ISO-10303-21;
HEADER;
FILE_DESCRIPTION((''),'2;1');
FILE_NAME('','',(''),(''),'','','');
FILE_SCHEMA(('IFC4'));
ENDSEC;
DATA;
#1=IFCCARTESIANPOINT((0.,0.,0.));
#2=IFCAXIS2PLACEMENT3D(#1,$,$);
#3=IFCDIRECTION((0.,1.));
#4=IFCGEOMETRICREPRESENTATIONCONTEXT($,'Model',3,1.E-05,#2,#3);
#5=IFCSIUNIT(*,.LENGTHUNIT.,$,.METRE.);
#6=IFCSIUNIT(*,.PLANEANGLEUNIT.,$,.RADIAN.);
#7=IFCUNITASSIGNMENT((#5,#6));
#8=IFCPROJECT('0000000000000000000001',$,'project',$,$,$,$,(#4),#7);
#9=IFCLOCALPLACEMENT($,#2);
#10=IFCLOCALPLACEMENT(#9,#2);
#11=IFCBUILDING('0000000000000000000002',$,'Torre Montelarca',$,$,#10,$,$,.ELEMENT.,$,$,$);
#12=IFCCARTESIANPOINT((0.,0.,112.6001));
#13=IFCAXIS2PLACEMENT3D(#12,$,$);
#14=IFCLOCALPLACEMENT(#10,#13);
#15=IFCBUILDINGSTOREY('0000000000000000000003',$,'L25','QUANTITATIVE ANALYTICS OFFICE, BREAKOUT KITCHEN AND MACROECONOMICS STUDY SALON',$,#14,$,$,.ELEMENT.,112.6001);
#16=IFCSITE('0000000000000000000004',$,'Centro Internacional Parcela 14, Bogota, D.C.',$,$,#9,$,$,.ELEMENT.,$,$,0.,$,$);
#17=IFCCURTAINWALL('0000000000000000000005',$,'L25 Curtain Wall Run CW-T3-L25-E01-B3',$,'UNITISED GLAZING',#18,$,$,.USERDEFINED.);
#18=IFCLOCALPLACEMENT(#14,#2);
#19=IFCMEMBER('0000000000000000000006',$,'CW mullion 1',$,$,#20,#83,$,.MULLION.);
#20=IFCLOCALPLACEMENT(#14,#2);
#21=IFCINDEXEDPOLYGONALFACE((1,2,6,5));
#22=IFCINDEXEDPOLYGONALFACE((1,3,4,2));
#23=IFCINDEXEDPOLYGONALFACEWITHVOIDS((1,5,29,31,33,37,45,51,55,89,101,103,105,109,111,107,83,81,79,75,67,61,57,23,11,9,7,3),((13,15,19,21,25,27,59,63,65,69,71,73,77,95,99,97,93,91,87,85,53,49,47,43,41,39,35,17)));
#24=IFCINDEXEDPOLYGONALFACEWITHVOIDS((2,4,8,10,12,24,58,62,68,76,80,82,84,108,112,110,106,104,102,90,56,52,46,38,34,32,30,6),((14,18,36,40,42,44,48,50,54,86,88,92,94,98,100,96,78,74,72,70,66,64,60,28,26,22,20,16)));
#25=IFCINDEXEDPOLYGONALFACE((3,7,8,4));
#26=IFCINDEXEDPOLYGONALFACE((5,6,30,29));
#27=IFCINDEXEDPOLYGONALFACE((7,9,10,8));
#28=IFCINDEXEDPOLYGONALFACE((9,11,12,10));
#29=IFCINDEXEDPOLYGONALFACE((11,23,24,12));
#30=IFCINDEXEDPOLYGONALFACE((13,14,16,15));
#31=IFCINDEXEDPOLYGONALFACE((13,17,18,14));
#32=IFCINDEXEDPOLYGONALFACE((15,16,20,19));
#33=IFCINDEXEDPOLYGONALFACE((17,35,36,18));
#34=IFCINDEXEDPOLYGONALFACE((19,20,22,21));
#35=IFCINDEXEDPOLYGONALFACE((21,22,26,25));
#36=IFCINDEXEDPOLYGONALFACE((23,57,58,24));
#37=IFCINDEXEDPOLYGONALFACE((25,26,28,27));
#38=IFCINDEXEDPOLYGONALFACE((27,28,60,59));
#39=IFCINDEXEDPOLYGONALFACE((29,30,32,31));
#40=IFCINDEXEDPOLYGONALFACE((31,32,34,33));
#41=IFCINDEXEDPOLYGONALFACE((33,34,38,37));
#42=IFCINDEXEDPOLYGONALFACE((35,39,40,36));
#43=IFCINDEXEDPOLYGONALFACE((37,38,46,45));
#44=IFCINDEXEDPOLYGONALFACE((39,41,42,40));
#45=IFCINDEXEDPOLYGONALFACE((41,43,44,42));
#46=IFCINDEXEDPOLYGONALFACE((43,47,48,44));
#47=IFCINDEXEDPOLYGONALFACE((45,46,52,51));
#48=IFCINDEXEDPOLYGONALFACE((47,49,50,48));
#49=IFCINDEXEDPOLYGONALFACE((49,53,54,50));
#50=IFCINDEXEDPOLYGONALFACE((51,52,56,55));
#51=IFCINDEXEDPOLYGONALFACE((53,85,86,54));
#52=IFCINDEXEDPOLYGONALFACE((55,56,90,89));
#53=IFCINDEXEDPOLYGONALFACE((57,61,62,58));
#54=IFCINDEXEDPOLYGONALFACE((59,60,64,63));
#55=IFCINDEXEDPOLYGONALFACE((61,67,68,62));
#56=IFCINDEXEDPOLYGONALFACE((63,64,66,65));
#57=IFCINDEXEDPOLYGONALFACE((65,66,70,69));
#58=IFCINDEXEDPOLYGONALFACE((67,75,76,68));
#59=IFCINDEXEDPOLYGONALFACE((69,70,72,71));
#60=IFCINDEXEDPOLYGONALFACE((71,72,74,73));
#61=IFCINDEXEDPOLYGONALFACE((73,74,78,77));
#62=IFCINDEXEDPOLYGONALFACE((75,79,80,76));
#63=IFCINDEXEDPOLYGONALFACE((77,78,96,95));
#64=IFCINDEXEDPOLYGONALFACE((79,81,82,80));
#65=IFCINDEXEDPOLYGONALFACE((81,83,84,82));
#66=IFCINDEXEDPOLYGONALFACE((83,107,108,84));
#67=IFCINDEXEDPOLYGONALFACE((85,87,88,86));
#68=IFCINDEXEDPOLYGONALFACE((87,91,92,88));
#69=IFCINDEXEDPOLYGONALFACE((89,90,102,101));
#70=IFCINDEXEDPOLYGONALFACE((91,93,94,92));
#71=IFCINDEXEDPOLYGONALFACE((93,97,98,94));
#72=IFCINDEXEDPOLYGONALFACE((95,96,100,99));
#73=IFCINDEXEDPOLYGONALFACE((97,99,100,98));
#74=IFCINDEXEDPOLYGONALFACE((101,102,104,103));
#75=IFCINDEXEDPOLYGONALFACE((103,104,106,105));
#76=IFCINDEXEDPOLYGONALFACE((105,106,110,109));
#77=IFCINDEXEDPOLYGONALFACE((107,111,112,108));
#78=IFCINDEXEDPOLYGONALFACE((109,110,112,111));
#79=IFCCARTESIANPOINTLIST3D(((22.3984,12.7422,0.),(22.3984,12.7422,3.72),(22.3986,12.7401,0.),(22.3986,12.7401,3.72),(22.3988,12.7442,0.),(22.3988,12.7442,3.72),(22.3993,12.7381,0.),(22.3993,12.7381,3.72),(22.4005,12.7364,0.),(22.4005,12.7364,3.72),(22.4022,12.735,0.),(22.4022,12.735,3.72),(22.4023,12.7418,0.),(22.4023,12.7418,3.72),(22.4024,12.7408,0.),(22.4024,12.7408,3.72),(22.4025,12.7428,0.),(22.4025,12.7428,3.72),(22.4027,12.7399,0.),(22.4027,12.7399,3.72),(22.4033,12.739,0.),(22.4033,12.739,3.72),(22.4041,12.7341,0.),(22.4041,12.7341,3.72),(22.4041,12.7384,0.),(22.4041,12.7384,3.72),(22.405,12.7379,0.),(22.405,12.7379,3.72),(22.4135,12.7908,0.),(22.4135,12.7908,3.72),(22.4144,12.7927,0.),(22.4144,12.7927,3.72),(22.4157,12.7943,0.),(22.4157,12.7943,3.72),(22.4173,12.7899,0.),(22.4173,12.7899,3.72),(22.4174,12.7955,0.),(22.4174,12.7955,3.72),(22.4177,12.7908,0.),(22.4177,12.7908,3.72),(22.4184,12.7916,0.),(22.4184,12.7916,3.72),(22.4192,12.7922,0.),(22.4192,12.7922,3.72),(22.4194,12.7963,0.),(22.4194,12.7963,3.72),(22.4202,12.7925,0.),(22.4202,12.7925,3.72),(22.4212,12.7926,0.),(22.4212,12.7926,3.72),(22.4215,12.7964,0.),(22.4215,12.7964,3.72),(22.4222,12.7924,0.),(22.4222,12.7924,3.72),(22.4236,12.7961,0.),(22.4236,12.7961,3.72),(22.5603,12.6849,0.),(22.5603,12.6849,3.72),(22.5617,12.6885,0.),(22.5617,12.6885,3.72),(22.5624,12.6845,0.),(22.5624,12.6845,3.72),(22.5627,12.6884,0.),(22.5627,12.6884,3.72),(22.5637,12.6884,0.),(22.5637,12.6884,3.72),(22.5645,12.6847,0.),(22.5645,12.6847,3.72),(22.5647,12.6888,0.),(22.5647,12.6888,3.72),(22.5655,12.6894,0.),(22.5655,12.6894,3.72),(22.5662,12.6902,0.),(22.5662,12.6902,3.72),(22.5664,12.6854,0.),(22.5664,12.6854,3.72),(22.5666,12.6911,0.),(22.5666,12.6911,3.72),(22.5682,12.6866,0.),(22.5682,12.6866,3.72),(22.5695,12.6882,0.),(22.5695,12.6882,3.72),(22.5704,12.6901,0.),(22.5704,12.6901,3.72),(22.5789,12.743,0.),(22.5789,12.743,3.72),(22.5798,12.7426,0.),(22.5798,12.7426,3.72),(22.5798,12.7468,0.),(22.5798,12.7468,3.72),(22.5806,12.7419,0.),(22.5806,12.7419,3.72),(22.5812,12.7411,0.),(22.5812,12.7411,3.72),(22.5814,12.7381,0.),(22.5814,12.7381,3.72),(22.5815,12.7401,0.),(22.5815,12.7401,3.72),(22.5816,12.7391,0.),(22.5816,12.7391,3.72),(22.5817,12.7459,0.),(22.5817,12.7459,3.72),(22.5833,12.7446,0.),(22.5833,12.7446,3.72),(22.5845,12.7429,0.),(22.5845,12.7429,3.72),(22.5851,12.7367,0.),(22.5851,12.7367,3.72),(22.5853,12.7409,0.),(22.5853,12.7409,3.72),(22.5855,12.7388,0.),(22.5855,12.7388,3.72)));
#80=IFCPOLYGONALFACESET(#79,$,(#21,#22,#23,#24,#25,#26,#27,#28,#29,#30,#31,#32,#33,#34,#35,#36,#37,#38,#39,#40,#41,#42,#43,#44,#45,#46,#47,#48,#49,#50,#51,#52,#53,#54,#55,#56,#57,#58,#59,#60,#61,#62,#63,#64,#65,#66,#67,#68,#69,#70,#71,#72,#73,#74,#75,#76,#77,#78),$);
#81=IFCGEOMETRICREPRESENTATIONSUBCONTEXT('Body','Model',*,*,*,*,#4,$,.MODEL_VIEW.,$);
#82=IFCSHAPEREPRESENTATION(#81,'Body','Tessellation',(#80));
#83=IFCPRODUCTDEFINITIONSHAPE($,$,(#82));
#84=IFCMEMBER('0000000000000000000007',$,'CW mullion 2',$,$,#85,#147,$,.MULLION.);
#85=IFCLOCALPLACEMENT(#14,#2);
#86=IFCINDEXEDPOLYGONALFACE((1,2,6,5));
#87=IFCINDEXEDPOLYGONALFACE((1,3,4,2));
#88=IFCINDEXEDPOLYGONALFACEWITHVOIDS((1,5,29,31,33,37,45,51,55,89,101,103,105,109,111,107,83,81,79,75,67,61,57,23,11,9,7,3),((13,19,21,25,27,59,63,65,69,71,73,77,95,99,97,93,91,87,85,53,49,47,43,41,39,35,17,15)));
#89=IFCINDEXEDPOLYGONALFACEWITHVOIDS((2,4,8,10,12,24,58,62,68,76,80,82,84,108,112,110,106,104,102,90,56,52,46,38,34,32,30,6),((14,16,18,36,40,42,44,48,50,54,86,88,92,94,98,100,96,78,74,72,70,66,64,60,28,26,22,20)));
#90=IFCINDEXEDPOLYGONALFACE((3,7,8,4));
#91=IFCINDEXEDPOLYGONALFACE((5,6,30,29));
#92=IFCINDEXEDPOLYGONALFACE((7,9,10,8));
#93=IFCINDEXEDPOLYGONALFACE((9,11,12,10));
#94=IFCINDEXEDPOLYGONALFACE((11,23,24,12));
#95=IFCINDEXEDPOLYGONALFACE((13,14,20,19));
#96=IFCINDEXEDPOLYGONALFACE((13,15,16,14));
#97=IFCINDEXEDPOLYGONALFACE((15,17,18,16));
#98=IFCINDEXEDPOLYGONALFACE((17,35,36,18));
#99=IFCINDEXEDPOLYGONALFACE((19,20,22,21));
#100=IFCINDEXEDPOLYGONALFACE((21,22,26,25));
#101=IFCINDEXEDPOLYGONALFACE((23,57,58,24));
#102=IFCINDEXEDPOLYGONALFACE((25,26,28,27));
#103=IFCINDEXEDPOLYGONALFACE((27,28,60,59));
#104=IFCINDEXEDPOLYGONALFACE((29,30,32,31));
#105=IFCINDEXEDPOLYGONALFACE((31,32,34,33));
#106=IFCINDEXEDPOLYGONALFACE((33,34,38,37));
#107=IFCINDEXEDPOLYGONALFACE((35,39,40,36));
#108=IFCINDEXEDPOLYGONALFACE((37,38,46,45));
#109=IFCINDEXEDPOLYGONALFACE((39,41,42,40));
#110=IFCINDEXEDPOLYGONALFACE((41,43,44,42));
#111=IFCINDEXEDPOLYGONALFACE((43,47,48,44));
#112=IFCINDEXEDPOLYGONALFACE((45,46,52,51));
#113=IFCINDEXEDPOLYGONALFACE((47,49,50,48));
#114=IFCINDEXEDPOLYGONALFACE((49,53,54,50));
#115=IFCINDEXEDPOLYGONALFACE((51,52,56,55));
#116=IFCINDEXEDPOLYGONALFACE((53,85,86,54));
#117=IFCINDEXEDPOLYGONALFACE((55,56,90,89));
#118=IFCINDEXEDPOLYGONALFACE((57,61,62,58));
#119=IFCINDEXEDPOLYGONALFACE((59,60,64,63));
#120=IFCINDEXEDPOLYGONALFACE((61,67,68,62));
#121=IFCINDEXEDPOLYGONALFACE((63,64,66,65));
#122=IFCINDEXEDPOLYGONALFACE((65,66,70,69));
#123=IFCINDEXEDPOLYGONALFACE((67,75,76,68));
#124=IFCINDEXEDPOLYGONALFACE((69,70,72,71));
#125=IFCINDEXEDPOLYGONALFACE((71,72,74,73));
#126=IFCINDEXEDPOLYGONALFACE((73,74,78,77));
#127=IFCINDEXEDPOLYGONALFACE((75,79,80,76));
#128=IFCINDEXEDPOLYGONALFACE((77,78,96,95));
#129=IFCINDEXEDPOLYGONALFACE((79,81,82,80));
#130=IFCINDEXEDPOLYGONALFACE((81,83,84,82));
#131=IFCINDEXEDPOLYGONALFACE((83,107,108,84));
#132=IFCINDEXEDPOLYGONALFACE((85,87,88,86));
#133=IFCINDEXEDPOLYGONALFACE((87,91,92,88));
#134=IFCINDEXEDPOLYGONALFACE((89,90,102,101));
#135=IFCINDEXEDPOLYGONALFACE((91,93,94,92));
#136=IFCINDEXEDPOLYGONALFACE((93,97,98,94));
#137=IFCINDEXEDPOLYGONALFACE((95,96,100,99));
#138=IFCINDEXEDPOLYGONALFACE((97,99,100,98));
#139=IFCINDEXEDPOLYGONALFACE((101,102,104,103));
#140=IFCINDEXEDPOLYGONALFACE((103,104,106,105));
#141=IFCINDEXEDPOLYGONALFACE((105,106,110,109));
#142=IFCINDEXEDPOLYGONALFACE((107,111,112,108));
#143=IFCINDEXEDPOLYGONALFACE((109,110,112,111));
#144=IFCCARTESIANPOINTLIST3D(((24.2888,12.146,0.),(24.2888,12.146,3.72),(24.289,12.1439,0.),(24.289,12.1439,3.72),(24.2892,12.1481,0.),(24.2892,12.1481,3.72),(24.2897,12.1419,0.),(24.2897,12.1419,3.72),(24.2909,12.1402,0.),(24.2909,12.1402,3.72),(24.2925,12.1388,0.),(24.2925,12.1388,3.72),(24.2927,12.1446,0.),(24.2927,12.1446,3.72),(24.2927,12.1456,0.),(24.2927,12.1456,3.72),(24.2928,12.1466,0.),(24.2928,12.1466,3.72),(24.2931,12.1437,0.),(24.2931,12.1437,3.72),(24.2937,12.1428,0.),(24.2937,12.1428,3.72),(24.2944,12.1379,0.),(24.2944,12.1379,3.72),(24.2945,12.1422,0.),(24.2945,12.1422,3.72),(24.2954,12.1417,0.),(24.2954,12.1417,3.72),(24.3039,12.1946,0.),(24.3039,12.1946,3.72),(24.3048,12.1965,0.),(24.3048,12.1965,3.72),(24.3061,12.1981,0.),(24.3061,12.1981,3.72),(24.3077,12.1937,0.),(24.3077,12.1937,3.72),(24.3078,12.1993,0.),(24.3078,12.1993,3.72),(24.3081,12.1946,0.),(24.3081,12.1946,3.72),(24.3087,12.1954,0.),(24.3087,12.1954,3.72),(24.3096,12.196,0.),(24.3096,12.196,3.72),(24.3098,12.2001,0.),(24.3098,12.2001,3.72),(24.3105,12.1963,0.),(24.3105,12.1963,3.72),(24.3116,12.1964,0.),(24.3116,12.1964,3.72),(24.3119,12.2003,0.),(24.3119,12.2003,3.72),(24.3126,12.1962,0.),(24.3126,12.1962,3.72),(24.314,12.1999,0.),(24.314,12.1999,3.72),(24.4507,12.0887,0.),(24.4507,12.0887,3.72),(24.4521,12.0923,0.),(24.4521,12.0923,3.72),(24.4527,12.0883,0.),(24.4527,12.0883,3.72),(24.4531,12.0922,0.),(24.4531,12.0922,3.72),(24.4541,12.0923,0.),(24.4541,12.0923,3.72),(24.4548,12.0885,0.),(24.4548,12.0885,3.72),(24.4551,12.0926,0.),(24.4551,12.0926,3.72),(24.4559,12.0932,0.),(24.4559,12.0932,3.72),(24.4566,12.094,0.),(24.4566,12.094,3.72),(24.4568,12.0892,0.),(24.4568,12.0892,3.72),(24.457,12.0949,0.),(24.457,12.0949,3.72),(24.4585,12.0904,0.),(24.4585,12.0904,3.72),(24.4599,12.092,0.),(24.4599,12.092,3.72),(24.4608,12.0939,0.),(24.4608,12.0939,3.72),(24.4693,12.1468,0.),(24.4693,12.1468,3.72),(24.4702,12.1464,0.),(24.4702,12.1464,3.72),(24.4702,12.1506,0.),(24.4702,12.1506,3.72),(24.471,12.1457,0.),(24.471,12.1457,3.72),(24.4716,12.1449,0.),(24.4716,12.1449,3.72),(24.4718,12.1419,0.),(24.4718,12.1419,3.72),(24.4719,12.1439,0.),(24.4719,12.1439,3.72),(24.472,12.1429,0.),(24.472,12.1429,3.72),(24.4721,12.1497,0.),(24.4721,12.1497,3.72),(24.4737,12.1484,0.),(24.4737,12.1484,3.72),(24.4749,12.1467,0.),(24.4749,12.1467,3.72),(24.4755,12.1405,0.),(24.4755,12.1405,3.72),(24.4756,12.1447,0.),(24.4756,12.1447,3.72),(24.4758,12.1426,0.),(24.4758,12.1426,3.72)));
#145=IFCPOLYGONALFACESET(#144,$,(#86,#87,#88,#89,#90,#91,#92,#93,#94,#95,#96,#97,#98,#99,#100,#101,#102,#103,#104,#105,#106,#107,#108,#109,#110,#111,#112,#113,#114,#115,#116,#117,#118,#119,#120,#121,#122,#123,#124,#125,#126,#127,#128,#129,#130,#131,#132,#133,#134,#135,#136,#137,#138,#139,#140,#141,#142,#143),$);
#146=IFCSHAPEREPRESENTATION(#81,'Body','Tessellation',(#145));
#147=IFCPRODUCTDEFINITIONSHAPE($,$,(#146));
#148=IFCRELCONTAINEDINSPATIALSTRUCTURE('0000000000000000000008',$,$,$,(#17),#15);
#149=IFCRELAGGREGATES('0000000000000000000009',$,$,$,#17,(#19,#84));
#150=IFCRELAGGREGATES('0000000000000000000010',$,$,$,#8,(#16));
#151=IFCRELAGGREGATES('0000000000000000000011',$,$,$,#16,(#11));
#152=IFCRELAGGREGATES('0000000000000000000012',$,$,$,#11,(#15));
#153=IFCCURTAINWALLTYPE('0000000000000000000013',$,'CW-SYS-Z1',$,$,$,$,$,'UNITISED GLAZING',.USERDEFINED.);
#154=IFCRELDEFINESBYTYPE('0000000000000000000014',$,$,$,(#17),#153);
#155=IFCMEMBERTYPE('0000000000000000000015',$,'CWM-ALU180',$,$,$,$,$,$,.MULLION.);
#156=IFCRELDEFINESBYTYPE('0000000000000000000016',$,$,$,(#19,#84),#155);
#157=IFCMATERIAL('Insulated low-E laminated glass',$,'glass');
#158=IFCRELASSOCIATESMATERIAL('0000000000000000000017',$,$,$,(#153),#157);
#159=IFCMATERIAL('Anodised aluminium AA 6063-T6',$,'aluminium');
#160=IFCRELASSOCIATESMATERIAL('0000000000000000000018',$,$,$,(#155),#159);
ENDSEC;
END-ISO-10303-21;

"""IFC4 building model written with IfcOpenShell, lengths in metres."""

from ifc_helpers import new_model, si_unit, direction, frame, origin, origin_2d, place, context, subcontext, project, spatial, hollow_rectangle, extrude, source, transform, mapped, material, material_profile, profile_set, type_object, element, aggregate, save


model = new_model("IFC4")

# Units and contexts
model_context = context("Model", 3, precision=1e-05, world=origin(), true_north=direction((0.0, 1.0)))
body_context = subcontext(model_context, "Body", "Model", "MODEL_VIEW")
ifc_project = project(units=[si_unit("LENGTHUNIT", "METRE"), si_unit("PLANEANGLEUNIT", "RADIAN")], contexts=[model_context])

# Site, building, storey
site_placement = place(None, origin())
site = spatial("IfcSite", under=ifc_project, at=site_placement, Name="Centro Internacional Parcela 14, Bogota, D.C.", CompositionType="ELEMENT", RefElevation=0.0)
building_placement = place(site_placement, origin())
building = spatial("IfcBuilding", under=site, at=building_placement, Name="Torre Montelarca", CompositionType="ELEMENT")
storey_placement = place(building_placement, frame((0.0, 0.0, 112.6001)))
storey = spatial("IfcBuildingStorey", under=building, at=storey_placement, Name="L25", Description="QUANTITATIVE ANALYTICS OFFICE, BREAKOUT KITCHEN AND MACROECONOMICS STUDY SALON", CompositionType="ELEMENT", Elevation=112.6001)

# Curtain wall
ifc_material_1 = material(Name="Insulated low-E laminated glass", Category="glass")
curtain_wall_type = type_object("IfcCurtainWallType", Name="CW-SYS-Z1", ElementType="UNITISED GLAZING", PredefinedType="USERDEFINED", material=ifc_material_1)
curtain_wall_1_placement = place(storey_placement, origin())
curtain_wall_1 = element("IfcCurtainWall", 1, at=curtain_wall_1_placement, inside=storey, type_object=curtain_wall_type, Name="L25 Curtain Wall Run CW-T3-L25-E01-B3", ObjectType="UNITISED GLAZING", PredefinedType="USERDEFINED")
ifc_material_2 = material(Name="Anodised aluminium AA 6063-T6", Category="aluminium")

# Members
ifc_material_profile_1 = material_profile(ifc_material_2, hollow_rectangle(XDim=0.0649, YDim=0.1799, WallThickness=0.0039, InnerFilletRadius=0.0039, OuterFilletRadius=0.0081, at=origin_2d()), Name="ALU65X180X4", Category="aluminium")
ifc_profile_set_1 = profile_set([ifc_material_profile_1], Name="Anodised aluminium AA 6063-T6")
member_type_1 = type_object("IfcMemberType", Name="CWM-ALU180", PredefinedType="MULLION", material=ifc_profile_set_1)
shared_shape_1 = source(origin(), body_context, "Body", "SweptSolid", [
    extrude(hollow_rectangle(XDim=0.0649, YDim=0.1799, WallThickness=0.0039, InnerFilletRadius=0.0039, OuterFilletRadius=0.0081, at=origin_2d()), origin(), (0.0, 0.0, 1.0), 3.72),
])
member_1_placement = place(storey_placement, frame((22.4919, 12.7405, 0.0), z_axis=(0.0, 0.0, 1.0), x_axis=(0.300706, 0.953717, 0.0)))
member_1 = element("IfcMember", 2, at=member_1_placement, type_object=member_type_1, Name="CW mullion 1", PredefinedType="MULLION", context=body_context, shape_type="MappedRepresentation", body=[
    mapped(shared_shape_1, transform((0.0, 0.0, 0.0), scale=1.0)),
])
member_2_placement = place(storey_placement, frame((24.3823, 12.1443, 0.0), z_axis=(0.0, 0.0, 1.0), x_axis=(0.300706, 0.953717, 0.0)))
member_2 = element("IfcMember", 3, at=member_2_placement, type_object=member_type_1, Name="CW mullion 2", PredefinedType="MULLION", context=body_context, shape_type="MappedRepresentation", body=[
    mapped(shared_shape_1, transform((0.0, 0.0, 0.0), scale=1.0)),
])

aggregate(curtain_wall_1, [member_1, member_2])

save(model, "model.ifc")
